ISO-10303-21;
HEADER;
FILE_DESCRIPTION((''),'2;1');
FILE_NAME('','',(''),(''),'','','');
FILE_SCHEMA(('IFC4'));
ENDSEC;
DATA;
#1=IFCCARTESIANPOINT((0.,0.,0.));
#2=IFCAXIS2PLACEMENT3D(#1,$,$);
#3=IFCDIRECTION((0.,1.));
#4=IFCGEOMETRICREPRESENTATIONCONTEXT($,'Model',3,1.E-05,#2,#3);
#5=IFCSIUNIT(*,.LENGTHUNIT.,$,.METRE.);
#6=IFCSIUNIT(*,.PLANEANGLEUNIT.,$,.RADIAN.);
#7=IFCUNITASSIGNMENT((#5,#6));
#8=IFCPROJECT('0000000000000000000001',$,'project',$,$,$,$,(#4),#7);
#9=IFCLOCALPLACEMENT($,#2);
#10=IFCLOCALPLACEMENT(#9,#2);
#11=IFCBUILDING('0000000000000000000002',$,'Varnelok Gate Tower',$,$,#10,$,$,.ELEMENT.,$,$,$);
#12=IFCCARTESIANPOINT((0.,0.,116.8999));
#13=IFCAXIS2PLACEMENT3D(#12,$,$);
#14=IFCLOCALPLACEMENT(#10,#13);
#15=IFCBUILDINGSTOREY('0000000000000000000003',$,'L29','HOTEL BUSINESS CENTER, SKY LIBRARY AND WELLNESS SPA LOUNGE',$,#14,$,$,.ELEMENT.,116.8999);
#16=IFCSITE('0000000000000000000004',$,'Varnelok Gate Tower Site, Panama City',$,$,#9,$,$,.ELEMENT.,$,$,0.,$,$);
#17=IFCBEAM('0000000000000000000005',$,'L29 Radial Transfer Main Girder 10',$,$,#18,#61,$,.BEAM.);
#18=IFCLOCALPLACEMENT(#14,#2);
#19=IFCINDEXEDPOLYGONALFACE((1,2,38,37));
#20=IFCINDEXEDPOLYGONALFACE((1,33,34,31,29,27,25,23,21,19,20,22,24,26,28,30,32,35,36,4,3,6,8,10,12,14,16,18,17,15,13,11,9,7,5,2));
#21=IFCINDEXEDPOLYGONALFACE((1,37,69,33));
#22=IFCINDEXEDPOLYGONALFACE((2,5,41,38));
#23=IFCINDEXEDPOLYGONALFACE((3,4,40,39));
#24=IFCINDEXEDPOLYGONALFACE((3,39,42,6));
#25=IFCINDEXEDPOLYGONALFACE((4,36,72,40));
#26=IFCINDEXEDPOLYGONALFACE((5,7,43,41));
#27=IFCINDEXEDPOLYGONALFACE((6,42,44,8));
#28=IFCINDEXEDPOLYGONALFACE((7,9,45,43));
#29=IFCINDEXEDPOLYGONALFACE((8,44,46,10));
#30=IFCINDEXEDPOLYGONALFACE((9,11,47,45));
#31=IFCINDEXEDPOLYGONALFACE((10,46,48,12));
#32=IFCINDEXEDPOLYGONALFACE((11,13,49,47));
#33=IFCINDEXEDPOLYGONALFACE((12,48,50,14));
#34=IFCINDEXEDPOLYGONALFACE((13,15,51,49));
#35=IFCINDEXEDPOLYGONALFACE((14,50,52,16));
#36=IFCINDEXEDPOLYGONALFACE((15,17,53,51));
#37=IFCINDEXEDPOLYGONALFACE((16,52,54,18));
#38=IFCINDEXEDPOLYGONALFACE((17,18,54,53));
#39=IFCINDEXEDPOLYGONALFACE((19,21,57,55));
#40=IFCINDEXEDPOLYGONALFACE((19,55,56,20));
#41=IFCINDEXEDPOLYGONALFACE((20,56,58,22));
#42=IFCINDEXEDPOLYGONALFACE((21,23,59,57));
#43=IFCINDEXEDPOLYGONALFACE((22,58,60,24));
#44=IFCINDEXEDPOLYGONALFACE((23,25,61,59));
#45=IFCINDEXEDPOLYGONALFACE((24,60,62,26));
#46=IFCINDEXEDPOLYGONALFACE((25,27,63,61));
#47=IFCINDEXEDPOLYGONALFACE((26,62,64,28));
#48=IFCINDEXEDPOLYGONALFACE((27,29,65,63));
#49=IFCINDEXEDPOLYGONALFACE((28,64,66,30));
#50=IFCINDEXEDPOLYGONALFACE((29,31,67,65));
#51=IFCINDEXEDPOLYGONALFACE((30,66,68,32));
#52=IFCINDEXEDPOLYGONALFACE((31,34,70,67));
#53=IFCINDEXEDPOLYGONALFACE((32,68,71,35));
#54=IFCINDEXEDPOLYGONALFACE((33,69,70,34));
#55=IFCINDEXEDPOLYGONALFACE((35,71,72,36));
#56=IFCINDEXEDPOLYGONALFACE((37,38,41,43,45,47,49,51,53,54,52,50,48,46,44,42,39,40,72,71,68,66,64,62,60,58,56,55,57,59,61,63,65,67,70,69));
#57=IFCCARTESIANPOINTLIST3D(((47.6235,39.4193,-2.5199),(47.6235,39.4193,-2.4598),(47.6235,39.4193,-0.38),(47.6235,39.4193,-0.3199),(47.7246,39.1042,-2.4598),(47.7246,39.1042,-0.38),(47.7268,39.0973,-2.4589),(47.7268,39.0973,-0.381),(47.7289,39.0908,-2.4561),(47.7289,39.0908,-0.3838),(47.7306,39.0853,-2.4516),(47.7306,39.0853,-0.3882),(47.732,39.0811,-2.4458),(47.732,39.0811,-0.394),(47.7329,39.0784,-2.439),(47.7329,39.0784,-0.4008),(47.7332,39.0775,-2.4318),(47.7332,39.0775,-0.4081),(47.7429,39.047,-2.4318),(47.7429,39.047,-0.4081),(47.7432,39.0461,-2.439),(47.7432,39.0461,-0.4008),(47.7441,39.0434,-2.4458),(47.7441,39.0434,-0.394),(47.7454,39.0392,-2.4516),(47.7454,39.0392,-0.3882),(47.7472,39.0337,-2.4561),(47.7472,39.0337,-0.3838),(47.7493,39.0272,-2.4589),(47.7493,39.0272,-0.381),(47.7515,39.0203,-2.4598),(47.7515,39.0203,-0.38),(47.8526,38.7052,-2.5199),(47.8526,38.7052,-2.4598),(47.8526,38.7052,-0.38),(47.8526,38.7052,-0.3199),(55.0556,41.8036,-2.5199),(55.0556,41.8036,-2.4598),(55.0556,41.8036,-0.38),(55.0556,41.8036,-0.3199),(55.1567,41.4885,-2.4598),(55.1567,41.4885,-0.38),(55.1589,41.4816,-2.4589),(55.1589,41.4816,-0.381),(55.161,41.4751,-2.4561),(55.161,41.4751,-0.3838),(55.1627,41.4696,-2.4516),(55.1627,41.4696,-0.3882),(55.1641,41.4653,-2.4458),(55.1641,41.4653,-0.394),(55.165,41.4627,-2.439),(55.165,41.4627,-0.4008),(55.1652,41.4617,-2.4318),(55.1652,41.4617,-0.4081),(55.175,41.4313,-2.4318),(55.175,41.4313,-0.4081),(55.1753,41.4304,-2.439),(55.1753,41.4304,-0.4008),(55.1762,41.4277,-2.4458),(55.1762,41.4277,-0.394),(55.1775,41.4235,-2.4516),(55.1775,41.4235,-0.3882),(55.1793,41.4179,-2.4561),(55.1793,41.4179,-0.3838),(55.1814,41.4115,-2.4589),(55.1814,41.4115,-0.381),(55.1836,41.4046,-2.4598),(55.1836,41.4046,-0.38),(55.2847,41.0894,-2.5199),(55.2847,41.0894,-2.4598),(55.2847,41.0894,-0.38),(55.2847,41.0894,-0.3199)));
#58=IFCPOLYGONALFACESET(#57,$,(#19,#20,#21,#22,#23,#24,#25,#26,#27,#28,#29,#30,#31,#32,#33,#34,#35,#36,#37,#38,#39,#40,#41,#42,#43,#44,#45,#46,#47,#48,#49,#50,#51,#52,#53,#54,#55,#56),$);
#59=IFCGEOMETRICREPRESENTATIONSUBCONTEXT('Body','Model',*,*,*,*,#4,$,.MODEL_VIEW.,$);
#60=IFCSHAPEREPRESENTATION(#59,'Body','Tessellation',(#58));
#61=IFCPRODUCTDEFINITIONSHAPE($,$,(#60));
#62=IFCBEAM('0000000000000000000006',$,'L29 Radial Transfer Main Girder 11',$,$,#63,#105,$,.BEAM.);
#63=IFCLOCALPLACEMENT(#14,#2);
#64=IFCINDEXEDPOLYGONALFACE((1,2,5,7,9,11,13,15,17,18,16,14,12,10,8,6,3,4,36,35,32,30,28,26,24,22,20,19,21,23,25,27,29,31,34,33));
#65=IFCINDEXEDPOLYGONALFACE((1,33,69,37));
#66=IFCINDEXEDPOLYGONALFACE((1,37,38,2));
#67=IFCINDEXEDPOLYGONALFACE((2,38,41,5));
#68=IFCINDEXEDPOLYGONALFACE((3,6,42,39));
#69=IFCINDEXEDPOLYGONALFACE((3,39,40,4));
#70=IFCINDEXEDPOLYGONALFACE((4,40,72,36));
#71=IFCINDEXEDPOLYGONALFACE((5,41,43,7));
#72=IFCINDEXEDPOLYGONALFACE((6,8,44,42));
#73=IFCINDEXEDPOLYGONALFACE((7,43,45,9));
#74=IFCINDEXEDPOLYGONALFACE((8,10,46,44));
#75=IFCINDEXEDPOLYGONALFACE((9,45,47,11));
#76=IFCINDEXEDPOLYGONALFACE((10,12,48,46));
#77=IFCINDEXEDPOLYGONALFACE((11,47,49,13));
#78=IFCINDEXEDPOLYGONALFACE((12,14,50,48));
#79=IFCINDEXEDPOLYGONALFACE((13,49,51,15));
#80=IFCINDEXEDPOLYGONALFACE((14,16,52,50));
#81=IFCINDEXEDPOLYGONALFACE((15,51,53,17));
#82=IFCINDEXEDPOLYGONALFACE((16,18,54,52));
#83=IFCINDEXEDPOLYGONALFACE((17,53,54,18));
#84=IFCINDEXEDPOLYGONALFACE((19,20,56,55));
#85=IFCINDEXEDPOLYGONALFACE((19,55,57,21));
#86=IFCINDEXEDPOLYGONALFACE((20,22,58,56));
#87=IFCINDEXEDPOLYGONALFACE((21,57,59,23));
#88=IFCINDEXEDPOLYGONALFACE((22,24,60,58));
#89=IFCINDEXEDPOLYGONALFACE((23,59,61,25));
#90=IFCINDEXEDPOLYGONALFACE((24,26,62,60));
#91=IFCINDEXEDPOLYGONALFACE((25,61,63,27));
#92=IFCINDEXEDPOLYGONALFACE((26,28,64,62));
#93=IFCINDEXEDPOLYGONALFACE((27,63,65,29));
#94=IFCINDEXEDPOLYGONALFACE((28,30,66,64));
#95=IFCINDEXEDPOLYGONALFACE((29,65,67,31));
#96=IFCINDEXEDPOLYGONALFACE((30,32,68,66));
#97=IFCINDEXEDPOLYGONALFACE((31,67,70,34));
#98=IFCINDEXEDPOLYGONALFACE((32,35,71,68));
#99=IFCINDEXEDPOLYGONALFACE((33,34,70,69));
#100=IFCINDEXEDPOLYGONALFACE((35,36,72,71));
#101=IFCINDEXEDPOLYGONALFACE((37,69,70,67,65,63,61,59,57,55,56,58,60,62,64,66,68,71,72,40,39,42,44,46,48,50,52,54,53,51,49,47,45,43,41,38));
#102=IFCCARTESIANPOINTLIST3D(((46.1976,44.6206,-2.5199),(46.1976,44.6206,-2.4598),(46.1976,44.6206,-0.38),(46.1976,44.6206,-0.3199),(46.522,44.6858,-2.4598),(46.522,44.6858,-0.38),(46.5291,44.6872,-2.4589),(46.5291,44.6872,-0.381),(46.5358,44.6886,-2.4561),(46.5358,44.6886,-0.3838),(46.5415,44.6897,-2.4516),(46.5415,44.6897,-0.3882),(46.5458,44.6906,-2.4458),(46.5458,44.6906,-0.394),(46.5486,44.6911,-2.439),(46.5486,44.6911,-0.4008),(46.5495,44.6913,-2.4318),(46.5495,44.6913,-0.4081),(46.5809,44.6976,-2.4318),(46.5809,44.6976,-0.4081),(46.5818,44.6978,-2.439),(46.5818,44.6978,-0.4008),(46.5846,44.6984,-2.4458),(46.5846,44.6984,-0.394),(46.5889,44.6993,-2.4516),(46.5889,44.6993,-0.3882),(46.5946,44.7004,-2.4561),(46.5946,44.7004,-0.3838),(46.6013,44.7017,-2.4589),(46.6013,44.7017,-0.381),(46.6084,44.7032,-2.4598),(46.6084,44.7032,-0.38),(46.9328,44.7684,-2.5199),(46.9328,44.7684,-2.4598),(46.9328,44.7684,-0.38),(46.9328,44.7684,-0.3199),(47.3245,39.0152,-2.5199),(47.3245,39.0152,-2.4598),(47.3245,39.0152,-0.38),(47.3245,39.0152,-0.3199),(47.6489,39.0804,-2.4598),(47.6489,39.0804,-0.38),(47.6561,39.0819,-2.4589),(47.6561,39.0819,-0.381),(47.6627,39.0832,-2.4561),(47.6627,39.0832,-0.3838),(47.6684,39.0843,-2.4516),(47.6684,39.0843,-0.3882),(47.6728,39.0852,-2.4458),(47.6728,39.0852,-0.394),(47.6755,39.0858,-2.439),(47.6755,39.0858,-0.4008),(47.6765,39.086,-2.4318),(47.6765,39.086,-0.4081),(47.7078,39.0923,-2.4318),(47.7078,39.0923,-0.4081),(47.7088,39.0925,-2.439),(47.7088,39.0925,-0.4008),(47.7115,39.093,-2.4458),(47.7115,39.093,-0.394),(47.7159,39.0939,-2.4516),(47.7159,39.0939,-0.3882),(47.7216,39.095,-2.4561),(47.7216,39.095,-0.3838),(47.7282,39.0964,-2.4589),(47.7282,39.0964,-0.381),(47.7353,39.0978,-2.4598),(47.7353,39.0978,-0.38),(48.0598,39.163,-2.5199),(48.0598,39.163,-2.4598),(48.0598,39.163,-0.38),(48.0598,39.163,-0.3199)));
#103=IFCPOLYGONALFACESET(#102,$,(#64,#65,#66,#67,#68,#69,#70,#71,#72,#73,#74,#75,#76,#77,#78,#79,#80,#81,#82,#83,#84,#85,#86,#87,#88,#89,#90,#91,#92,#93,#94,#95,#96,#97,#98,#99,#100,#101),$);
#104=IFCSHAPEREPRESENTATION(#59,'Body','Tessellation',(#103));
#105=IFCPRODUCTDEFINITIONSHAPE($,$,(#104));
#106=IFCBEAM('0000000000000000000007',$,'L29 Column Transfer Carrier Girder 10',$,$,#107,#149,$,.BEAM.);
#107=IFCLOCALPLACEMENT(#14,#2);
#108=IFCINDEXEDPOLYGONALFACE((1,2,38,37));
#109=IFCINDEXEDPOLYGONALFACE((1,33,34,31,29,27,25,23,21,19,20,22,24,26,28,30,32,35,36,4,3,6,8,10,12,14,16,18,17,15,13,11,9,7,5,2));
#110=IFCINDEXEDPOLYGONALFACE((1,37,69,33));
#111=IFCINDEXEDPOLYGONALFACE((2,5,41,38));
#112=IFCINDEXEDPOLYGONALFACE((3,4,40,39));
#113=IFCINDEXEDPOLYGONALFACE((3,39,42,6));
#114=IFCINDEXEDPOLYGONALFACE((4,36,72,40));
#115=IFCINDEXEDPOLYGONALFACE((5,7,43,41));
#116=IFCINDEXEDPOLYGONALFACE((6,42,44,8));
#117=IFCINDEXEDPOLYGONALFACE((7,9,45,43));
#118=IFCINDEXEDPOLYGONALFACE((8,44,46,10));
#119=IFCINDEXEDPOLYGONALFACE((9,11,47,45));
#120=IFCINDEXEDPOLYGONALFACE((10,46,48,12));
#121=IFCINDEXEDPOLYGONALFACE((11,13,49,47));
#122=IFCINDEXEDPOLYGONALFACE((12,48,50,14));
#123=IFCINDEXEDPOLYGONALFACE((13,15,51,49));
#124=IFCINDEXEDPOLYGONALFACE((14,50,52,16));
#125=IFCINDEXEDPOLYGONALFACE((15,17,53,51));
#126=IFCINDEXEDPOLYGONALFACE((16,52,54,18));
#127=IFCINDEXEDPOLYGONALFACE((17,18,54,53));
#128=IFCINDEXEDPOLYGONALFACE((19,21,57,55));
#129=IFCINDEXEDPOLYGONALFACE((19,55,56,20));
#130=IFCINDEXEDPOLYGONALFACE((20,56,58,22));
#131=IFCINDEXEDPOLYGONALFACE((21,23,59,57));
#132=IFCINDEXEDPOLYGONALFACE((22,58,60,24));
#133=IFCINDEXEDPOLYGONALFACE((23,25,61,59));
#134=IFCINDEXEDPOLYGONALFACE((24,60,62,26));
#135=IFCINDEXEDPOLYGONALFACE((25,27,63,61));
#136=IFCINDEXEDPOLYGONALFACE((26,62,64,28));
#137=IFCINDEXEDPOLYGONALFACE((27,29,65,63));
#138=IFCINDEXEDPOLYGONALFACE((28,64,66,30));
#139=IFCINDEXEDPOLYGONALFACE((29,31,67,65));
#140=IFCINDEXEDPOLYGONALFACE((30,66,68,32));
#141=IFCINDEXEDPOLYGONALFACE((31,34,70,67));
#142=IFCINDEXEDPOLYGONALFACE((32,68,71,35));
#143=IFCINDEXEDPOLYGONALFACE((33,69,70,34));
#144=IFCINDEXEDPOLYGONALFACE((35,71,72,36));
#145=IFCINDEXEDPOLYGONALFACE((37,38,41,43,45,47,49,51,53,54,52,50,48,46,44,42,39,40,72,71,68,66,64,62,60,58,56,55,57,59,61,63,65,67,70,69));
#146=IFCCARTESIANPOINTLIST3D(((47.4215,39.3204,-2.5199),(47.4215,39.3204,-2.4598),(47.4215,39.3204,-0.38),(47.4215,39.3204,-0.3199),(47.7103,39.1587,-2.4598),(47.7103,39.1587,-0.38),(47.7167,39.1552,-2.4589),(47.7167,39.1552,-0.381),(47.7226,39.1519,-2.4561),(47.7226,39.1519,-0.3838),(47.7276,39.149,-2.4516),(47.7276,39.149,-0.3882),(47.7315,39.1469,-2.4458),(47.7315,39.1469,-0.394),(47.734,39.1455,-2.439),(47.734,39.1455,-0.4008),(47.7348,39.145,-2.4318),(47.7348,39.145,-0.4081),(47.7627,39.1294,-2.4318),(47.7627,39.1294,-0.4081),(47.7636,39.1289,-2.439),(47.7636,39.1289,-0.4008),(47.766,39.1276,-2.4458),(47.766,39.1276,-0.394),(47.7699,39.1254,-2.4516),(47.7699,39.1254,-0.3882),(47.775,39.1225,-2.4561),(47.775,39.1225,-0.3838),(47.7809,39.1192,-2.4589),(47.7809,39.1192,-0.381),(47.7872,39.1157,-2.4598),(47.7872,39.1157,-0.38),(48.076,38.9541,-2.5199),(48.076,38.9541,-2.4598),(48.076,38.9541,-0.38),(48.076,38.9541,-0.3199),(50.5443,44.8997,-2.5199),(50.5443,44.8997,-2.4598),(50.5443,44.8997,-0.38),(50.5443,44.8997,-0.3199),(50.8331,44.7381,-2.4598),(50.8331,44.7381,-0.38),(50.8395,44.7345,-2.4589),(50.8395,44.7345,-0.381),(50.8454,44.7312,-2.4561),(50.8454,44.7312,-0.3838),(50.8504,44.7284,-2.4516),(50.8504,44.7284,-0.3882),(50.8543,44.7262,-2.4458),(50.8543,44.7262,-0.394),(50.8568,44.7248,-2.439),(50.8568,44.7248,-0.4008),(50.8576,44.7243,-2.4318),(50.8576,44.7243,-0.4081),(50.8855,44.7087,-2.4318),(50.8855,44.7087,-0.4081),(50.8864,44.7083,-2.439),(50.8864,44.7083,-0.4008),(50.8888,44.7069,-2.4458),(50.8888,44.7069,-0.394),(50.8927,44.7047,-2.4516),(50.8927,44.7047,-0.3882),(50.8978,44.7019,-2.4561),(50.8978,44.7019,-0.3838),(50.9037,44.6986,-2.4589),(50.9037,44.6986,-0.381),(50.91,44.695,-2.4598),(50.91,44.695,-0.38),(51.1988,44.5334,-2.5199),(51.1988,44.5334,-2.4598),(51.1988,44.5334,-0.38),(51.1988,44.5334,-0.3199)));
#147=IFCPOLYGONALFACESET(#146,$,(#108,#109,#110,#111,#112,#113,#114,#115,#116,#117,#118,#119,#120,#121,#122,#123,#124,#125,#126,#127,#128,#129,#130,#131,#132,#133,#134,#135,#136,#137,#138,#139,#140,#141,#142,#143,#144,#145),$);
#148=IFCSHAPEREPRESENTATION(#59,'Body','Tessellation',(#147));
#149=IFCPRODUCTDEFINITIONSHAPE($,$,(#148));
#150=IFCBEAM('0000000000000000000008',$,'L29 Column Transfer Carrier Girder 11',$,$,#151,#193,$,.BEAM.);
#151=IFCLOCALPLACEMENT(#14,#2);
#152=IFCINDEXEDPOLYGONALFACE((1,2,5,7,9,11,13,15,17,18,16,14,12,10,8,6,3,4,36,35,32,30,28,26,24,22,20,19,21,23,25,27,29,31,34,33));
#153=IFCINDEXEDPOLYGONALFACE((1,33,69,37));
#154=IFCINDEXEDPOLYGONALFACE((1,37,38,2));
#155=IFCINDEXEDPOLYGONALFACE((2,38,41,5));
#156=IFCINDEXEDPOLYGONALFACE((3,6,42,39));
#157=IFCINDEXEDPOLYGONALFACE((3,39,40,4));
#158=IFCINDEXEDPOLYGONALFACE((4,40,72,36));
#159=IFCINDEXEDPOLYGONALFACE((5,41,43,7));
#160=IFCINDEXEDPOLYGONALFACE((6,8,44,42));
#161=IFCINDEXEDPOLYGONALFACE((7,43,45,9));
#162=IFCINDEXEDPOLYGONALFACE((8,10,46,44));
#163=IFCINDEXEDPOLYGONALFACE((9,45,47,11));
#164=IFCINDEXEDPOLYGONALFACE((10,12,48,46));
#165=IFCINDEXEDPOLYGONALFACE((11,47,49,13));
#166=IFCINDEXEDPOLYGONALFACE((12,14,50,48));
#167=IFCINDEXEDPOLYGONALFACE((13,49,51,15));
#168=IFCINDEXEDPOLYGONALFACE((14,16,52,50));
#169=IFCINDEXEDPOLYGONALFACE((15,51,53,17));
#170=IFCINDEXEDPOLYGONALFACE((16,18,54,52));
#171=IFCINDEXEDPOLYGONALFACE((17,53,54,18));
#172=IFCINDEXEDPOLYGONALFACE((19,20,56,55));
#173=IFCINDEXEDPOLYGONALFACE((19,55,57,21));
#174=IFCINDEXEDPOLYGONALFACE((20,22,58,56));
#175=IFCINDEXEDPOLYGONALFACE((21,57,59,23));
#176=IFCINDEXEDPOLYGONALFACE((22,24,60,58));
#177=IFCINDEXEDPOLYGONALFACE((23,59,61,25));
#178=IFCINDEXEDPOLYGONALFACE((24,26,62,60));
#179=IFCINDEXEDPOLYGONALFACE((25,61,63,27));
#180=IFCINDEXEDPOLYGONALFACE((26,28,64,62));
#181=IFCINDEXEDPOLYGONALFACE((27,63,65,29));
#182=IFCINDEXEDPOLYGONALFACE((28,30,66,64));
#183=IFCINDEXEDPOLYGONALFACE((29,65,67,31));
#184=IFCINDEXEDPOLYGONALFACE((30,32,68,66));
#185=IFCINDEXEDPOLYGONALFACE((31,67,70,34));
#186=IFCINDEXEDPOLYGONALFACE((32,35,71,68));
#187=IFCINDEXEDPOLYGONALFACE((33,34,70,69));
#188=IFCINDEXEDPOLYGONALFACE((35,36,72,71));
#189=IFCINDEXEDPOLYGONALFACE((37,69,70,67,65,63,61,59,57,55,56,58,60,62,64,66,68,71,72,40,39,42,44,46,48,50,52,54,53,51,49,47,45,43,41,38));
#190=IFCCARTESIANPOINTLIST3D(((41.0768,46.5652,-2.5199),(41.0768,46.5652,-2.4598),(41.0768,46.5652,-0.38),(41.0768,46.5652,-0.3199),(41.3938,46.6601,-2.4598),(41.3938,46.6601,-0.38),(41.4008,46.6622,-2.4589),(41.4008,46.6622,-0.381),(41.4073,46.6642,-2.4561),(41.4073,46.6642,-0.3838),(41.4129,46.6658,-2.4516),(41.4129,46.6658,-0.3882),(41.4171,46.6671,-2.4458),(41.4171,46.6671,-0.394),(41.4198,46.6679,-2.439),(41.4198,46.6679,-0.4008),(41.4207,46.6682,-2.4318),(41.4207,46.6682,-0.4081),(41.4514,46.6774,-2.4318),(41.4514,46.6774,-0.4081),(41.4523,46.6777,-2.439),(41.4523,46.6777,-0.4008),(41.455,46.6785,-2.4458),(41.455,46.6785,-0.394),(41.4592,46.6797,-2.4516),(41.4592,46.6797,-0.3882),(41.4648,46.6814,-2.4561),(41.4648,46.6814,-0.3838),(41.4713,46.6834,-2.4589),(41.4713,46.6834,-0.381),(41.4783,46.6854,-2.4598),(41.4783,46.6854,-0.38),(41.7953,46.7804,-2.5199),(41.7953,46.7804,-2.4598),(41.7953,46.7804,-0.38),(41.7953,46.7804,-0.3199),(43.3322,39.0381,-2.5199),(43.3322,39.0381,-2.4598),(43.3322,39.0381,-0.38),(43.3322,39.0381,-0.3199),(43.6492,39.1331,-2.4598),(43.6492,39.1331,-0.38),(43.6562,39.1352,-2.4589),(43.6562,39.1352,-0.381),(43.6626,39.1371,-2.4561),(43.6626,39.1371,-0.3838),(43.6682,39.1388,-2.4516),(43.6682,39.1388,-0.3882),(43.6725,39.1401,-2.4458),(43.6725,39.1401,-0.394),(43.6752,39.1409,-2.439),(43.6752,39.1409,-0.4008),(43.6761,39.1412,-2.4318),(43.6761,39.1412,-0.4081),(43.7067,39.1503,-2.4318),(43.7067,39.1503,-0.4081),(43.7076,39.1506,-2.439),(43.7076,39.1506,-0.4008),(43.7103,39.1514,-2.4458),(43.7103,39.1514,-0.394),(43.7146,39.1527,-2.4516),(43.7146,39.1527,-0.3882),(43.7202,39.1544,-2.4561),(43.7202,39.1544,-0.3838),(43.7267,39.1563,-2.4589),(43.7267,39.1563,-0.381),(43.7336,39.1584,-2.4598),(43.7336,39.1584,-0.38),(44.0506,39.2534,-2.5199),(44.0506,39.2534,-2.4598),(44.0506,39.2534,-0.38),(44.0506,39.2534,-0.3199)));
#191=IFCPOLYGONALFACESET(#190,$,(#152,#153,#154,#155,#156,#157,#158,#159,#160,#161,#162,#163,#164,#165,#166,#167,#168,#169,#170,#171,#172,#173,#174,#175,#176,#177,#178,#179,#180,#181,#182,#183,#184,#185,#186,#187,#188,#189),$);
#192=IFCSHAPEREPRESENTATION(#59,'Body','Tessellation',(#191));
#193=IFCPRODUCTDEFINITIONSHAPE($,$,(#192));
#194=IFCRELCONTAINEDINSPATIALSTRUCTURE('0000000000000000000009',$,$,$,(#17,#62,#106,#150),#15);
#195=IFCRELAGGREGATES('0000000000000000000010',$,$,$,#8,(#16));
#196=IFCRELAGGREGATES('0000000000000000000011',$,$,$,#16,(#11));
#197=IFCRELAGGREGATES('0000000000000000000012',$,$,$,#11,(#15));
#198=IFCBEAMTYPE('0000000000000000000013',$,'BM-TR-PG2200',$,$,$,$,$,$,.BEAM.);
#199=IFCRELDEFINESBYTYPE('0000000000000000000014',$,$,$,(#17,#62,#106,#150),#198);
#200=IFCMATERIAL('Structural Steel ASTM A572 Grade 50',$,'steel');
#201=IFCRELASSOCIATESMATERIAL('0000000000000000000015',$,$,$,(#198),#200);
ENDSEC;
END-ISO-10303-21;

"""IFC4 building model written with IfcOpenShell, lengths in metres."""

from ifc_helpers import new_model, si_unit, direction, frame, origin, origin_2d, place, context, subcontext, project, spatial, i_section, extrude, material, material_profile, profile_set, type_object, element, save


model = new_model("IFC4")

# Units and contexts
model_context = context("Model", 3, precision=1e-05, world=origin(), true_north=direction((0.0, 1.0)))
body_context = subcontext(model_context, "Body", "Model", "MODEL_VIEW")
ifc_project = project(units=[si_unit("LENGTHUNIT", "METRE"), si_unit("PLANEANGLEUNIT", "RADIAN")], contexts=[model_context])

# Site, building, storey
site_placement = place(None, origin())
site = spatial("IfcSite", under=ifc_project, at=site_placement, Name="Varnelok Gate Tower Site, Panama City", CompositionType="ELEMENT", RefElevation=0.0)
building_placement = place(site_placement, origin())
building = spatial("IfcBuilding", under=site, at=building_placement, Name="Varnelok Gate Tower", CompositionType="ELEMENT")
storey_placement = place(building_placement, frame((0.0, 0.0, 116.8999)))
storey = spatial("IfcBuildingStorey", under=building, at=storey_placement, Name="L29", Description="HOTEL BUSINESS CENTER, SKY LIBRARY AND WELLNESS SPA LOUNGE", CompositionType="ELEMENT", Elevation=116.8999)

# Beams
ifc_material_1 = material(Name="Structural Steel ASTM A572 Grade 50", Category="steel")
ifc_material_profile_1 = material_profile(ifc_material_1, i_section(OverallWidth=0.75, OverallDepth=2.2, WebThickness=0.032, FlangeThickness=0.0601, FilletRadius=0.0281, at=origin_2d()), Name="PG2200X750")
ifc_profile_set_1 = profile_set([ifc_material_profile_1], Name="Structural Steel ASTM A572 Grade 50")
beam_type = type_object("IfcBeamType", Name="BM-TR-PG2200", PredefinedType="BEAM", material=ifc_profile_set_1)
beam_1_placement = place(storey_placement, frame((47.738, 39.0623, -1.4199), z_axis=(0.952201, 0.305473, 0.0), x_axis=(-0.305473, 0.952201, 0.0)))
element("IfcBeam", 1, at=beam_1_placement, inside=storey, type_object=beam_type, Name="L29 Radial Transfer Main Girder 10", PredefinedType="BEAM", context=body_context, shape_type="SweptSolid", body=[
    extrude(i_section(OverallWidth=0.75, OverallDepth=2.2, WebThickness=0.032, FlangeThickness=0.0601, FilletRadius=0.0281, at=origin_2d()), origin(), (0.0, 0.0, 1.0), 7.8052),
])
beam_2_placement = place(storey_placement, frame((47.6921, 39.0891, -1.4199), z_axis=(-0.197101, 0.980383, 0.0), x_axis=(-0.980383, -0.197101, 0.0)))
element("IfcBeam", 2, at=beam_2_placement, inside=storey, type_object=beam_type, Name="L29 Radial Transfer Main Girder 11", PredefinedType="BEAM", context=body_context, shape_type="SweptSolid", body=[
    extrude(i_section(OverallWidth=0.75, OverallDepth=2.2, WebThickness=0.032, FlangeThickness=0.0601, FilletRadius=0.0281, at=origin_2d()), origin(), (0.0, 0.0, 1.0), 5.7175),
])
beam_3_placement = place(storey_placement, frame((47.7488, 39.1372, -1.4199), z_axis=(0.488409, 0.872615, 0.0), x_axis=(-0.872615, 0.488409, 0.0)))
element("IfcBeam", 3, at=beam_3_placement, inside=storey, type_object=beam_type, Name="L29 Column Transfer Carrier Girder 10", PredefinedType="BEAM", context=body_context, shape_type="SweptSolid", body=[
    extrude(i_section(OverallWidth=0.75, OverallDepth=2.2, WebThickness=0.032, FlangeThickness=0.0601, FilletRadius=0.0281, at=origin_2d()), origin(), (0.0, 0.0, 1.0), 6.3938),
])
beam_4_placement = place(storey_placement, frame((43.6914, 39.1458, -1.4199), z_axis=(-0.287026, 0.957923, 0.0), x_axis=(-0.957923, -0.287026, 0.0)))
element("IfcBeam", 4, at=beam_4_placement, inside=storey, type_object=beam_type, Name="L29 Column Transfer Carrier Girder 11", PredefinedType="BEAM", context=body_context, shape_type="SweptSolid", body=[
    extrude(i_section(OverallWidth=0.75, OverallDepth=2.2, WebThickness=0.032, FlangeThickness=0.0601, FilletRadius=0.0281, at=origin_2d()), origin(), (0.0, 0.0, 1.0), 7.8577),
])

save(model, "model.ifc")
